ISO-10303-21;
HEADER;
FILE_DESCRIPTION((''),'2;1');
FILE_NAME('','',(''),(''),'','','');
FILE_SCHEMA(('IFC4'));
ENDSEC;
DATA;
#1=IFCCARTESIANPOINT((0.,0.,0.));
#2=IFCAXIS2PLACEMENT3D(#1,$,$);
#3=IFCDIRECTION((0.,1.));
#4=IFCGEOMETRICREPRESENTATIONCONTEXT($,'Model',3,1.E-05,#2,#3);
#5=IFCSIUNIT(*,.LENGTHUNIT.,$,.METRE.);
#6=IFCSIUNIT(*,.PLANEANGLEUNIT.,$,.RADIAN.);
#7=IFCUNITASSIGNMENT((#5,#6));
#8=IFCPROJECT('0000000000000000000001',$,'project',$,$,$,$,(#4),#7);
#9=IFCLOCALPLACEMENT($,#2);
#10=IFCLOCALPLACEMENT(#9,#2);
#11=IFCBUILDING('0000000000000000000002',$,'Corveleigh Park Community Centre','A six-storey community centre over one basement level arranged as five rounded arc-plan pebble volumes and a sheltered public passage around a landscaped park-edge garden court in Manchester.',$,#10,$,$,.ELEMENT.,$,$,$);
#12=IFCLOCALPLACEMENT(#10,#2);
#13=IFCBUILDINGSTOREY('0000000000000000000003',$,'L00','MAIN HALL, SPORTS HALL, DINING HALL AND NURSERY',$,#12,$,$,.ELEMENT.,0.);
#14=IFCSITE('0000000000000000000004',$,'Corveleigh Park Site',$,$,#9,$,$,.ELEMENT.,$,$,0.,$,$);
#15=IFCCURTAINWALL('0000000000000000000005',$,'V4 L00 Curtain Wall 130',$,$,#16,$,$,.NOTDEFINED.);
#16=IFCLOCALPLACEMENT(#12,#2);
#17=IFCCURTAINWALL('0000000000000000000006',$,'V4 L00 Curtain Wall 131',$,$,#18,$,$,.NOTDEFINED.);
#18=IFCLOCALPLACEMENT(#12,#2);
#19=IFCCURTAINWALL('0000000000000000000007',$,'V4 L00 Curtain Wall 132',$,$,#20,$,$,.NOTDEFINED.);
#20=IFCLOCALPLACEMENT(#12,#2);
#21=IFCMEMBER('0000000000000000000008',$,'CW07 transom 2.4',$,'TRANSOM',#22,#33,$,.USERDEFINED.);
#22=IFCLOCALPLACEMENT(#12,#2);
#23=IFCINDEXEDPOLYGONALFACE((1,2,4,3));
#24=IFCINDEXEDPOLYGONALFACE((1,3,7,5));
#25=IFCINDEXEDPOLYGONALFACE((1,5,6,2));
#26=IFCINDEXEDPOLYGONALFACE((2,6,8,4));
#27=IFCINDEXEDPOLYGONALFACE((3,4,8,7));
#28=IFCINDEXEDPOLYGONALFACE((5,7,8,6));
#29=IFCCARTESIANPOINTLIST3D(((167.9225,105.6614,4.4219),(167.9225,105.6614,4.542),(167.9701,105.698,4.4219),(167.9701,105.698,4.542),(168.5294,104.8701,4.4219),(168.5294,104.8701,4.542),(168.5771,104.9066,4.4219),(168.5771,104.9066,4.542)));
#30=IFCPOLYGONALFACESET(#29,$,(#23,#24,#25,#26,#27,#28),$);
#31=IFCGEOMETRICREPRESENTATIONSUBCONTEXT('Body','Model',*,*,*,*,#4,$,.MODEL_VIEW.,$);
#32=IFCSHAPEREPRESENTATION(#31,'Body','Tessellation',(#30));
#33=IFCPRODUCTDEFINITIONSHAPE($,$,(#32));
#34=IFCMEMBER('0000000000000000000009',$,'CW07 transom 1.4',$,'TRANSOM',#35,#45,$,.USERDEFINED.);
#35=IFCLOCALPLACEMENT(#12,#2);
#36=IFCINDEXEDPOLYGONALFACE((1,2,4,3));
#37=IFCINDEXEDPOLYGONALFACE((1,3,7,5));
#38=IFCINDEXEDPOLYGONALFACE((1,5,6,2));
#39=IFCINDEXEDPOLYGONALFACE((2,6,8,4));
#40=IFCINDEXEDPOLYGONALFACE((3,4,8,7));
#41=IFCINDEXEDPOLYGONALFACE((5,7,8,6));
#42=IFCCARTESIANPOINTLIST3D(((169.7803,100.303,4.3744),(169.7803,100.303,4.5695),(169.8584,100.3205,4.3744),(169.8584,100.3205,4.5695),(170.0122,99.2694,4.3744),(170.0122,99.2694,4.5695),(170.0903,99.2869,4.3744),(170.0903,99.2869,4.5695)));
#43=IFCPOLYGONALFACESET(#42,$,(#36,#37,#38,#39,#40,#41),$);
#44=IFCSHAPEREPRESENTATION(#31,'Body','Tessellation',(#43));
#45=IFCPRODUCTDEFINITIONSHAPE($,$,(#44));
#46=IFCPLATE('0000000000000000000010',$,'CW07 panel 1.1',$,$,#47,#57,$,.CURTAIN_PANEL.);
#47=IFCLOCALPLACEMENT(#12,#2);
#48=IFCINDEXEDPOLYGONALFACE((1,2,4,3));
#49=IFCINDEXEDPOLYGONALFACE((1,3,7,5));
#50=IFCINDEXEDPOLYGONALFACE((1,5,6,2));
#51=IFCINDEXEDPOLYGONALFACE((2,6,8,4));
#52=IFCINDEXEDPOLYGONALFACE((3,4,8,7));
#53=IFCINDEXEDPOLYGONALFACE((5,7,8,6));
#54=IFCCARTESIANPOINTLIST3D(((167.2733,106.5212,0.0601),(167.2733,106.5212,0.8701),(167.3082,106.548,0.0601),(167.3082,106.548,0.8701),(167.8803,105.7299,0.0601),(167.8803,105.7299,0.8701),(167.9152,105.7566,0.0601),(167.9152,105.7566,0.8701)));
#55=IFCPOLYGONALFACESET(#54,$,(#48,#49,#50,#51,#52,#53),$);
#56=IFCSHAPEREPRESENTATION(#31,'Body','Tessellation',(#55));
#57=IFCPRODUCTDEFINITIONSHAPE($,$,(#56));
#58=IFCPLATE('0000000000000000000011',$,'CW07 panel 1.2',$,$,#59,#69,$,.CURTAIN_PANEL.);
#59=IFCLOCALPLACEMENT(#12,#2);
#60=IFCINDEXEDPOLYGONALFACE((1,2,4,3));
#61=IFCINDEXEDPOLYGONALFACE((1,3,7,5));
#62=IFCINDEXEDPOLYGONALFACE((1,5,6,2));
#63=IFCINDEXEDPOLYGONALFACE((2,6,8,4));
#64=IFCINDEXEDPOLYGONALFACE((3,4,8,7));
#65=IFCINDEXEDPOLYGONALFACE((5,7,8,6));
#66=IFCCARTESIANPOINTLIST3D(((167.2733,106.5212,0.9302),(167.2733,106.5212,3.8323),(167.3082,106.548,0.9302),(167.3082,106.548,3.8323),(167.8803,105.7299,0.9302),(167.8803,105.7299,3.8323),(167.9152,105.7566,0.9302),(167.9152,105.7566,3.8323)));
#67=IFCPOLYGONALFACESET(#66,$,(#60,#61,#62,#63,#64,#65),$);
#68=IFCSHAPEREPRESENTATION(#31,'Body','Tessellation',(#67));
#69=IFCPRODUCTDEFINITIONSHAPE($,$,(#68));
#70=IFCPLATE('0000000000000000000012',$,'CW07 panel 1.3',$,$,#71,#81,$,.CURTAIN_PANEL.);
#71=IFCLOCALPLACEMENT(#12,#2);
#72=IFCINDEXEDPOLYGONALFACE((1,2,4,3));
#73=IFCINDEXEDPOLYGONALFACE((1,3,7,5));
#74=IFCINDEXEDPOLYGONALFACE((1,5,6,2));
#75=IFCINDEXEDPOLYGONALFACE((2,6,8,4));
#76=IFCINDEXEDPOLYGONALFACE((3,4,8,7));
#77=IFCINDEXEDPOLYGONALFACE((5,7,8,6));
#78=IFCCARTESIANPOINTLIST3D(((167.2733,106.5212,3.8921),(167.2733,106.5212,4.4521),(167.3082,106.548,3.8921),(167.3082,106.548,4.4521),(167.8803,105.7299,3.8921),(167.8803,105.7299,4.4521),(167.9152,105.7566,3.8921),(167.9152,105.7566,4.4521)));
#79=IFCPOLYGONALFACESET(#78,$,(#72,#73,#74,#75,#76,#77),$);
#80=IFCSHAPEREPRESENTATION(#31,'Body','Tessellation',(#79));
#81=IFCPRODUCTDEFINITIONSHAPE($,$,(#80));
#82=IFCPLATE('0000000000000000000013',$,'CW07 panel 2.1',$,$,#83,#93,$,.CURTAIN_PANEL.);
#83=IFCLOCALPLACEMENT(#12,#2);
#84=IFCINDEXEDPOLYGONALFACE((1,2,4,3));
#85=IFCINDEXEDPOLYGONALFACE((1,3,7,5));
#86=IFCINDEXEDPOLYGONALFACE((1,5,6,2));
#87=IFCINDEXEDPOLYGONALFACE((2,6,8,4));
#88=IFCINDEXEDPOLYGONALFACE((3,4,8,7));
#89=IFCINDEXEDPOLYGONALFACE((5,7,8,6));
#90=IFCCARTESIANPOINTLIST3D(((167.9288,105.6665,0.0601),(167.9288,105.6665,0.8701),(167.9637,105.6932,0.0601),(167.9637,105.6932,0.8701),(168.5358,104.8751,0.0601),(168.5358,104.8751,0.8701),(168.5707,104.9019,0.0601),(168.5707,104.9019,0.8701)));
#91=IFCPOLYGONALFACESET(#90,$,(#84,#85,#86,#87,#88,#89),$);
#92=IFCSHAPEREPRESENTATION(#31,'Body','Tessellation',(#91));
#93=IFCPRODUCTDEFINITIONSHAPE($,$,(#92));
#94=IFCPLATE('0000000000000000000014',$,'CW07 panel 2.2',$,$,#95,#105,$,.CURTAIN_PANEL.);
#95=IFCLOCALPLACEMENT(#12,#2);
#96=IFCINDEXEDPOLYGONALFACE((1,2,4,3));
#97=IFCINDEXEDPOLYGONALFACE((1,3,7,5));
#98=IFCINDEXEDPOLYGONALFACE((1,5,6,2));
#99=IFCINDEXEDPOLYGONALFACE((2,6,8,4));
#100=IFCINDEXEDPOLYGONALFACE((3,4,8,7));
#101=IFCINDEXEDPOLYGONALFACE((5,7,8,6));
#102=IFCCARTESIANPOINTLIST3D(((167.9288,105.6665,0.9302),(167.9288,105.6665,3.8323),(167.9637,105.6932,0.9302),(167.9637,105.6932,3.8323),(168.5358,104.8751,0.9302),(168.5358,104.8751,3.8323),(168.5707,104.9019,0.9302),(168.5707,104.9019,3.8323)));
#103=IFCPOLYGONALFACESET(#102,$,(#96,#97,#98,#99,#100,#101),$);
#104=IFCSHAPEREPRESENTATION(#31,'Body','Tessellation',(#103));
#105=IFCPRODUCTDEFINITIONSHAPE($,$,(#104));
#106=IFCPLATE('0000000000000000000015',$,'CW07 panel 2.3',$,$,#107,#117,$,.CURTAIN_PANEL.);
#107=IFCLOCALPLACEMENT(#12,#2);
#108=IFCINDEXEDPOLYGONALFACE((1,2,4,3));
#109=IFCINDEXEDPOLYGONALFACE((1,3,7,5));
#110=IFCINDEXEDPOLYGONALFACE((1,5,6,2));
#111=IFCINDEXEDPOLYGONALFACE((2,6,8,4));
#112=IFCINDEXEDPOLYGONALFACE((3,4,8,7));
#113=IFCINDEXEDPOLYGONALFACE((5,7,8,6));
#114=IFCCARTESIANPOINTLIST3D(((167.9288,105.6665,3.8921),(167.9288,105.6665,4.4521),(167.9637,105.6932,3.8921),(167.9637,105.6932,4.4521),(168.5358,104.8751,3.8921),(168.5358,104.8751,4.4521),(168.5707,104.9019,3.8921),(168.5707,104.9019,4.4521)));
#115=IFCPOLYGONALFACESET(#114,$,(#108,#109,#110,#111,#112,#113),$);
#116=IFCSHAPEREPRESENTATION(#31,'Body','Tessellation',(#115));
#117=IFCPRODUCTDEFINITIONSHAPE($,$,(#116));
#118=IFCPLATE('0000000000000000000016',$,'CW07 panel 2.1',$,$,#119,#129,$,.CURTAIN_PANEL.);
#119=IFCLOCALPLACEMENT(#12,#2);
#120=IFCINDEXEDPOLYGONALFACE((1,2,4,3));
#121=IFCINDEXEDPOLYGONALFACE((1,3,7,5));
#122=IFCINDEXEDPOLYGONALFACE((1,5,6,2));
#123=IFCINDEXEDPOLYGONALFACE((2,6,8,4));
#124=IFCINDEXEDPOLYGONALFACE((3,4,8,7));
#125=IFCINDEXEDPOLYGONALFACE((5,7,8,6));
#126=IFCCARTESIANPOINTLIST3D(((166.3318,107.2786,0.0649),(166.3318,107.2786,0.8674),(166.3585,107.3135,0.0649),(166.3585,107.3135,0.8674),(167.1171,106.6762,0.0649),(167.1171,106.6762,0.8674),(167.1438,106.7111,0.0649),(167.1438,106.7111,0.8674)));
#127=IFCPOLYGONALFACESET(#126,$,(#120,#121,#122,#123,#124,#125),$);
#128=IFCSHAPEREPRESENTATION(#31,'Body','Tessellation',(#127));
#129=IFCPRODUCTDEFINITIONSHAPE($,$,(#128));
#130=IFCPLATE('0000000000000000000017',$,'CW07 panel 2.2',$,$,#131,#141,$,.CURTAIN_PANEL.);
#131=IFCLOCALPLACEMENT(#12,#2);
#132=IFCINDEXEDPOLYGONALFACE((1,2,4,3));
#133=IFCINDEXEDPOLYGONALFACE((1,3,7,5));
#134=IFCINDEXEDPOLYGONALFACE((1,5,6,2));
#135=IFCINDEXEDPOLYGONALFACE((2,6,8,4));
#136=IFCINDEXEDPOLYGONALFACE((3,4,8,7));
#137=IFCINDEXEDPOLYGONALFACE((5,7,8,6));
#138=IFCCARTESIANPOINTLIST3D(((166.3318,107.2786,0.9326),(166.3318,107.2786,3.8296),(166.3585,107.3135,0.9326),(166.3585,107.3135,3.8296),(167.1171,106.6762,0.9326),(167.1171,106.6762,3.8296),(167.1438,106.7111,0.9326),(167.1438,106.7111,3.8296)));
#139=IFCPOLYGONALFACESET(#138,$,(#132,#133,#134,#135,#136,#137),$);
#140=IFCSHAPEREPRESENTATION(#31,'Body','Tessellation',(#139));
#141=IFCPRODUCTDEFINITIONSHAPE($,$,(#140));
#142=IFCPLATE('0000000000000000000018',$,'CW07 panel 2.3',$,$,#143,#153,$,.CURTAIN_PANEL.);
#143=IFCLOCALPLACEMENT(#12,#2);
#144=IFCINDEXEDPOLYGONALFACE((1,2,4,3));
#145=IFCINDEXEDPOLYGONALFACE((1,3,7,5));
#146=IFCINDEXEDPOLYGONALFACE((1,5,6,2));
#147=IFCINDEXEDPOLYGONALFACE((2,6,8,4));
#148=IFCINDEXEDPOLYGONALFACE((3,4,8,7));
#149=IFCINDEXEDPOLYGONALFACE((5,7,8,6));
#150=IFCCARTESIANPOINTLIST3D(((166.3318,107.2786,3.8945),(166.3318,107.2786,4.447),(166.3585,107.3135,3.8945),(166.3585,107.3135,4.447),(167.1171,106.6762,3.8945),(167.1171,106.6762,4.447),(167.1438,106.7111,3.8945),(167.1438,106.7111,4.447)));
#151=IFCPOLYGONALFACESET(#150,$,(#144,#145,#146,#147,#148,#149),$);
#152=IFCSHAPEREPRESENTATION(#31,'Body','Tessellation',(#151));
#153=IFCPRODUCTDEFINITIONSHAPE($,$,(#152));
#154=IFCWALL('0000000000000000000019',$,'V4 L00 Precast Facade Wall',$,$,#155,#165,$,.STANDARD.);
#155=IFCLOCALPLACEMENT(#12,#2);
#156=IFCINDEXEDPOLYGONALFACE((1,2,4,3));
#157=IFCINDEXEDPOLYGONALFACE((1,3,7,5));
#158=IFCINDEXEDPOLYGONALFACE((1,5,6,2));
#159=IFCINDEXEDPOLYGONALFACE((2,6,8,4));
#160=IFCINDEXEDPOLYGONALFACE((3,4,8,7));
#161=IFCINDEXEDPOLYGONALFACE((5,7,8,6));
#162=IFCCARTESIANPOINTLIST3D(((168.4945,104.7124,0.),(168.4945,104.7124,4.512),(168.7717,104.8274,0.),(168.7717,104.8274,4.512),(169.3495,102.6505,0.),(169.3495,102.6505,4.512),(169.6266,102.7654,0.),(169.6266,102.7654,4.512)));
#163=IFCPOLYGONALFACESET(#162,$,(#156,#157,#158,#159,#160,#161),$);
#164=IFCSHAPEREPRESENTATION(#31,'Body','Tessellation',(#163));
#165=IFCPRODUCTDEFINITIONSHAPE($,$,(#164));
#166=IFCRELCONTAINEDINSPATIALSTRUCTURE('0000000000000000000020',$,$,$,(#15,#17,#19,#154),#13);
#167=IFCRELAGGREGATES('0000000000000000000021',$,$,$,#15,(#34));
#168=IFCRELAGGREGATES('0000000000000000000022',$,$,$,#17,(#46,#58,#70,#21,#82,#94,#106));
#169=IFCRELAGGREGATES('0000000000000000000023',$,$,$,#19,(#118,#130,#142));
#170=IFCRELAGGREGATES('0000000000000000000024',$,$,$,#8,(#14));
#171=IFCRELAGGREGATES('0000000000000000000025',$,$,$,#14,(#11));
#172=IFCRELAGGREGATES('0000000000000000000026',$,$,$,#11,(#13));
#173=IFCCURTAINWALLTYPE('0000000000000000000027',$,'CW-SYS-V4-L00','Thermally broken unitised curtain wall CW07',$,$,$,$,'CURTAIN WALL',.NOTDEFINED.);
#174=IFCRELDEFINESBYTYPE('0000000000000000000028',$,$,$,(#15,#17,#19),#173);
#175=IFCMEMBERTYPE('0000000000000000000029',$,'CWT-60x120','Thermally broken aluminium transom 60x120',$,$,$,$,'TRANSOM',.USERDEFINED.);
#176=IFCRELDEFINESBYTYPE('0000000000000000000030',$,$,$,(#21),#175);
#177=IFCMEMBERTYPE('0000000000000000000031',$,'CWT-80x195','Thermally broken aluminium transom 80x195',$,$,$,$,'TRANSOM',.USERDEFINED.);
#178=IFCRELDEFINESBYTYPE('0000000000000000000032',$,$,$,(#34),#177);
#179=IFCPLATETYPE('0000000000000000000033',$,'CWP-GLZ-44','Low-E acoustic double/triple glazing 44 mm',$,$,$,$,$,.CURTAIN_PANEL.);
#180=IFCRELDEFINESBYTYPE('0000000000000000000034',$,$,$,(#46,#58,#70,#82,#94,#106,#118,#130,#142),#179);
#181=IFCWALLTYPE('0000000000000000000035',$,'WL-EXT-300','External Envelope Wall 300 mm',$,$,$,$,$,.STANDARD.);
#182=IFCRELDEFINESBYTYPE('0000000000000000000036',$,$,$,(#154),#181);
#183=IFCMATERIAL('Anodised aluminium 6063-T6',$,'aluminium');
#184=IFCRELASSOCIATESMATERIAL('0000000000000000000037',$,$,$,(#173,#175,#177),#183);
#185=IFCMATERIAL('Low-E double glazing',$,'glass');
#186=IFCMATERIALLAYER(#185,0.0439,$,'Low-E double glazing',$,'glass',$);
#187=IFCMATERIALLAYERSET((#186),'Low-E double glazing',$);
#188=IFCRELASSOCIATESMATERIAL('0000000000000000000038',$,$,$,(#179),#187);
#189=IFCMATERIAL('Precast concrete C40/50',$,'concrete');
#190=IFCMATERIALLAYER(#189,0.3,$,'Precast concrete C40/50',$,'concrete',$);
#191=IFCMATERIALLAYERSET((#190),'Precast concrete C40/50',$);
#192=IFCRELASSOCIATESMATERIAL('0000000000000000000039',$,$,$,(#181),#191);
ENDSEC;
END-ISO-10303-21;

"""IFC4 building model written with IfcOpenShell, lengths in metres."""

from ifc_helpers import new_model, si_unit, direction, frame, frame_2d, origin, origin_2d, place, context, subcontext, project, spatial, rectangle, extrude, material, layer, layer_set, material_profile, profile_set, type_object, element, aggregate, save


model = new_model("IFC4")

# Units and contexts
model_context = context("Model", 3, precision=1e-05, world=origin(), true_north=direction((0.0, 1.0)))
body_context = subcontext(model_context, "Body", "Model", "MODEL_VIEW")
ifc_project = project(units=[si_unit("LENGTHUNIT", "METRE"), si_unit("PLANEANGLEUNIT", "RADIAN")], contexts=[model_context])

# Site, building, storey
site_placement = place(None, origin())
site = spatial("IfcSite", under=ifc_project, at=site_placement, Name="Corveleigh Park Site", CompositionType="ELEMENT", RefElevation=0.0)
building_placement = place(site_placement, origin())
building = spatial("IfcBuilding", under=site, at=building_placement, Name="Corveleigh Park Community Centre", Description="A six-storey community centre over one basement level arranged as five rounded arc-plan pebble volumes and a sheltered public passage around a landscaped park-edge garden court in Manchester.", CompositionType="ELEMENT")
storey_placement = place(building_placement, origin())
storey = spatial("IfcBuildingStorey", under=building, at=storey_placement, Name="L00", Description="MAIN HALL, SPORTS HALL, DINING HALL AND NURSERY", CompositionType="ELEMENT", Elevation=0.0)

# Curtain wall
ifc_material_1 = material(Name="Anodised aluminium 6063-T6", Category="aluminium")
curtain_wall_type = type_object("IfcCurtainWallType", Name="CW-SYS-V4-L00", Description="Thermally broken unitised curtain wall CW07", ElementType="CURTAIN WALL", PredefinedType="NOTDEFINED", material=ifc_material_1)
curtain_wall_1_placement = place(storey_placement, origin())
curtain_wall_1 = element("IfcCurtainWall", 1, at=curtain_wall_1_placement, inside=storey, type_object=curtain_wall_type, Name="V4 L00 Curtain Wall 130", PredefinedType="NOTDEFINED")

# Curtain wall
curtain_wall_2_placement = place(storey_placement, origin())
curtain_wall_2 = element("IfcCurtainWall", 2, at=curtain_wall_2_placement, inside=storey, type_object=curtain_wall_type, Name="V4 L00 Curtain Wall 131", PredefinedType="NOTDEFINED")

# Curtain wall
curtain_wall_3_placement = place(storey_placement, origin())
curtain_wall_3 = element("IfcCurtainWall", 3, at=curtain_wall_3_placement, inside=storey, type_object=curtain_wall_type, Name="V4 L00 Curtain Wall 132", PredefinedType="NOTDEFINED")

# Members
ifc_material_profile_1 = material_profile(ifc_material_1, rectangle(XDim=0.0601, YDim=0.1201, at=origin_2d()), Name="ALU-T60x120", Category="aluminium")
ifc_profile_set_1 = profile_set([ifc_material_profile_1], Name="Anodised aluminium 6063-T6")
member_type_1 = type_object("IfcMemberType", Name="CWT-60x120", Description="Thermally broken aluminium transom 60x120", ElementType="TRANSOM", PredefinedType="USERDEFINED", material=ifc_profile_set_1)
member_1_placement = place(storey_placement, frame((167.9463, 105.6797, 4.4819), z_axis=(0.608622, -0.793461, 0.0), x_axis=(0.793461, 0.608622, 0.0)))
member_1 = element("IfcMember", 4, at=member_1_placement, type_object=member_type_1, Name="CW07 transom 2.4", ObjectType="TRANSOM", PredefinedType="USERDEFINED", context=body_context, shape_type="SweptSolid", body=[
    extrude(rectangle(XDim=0.0601, YDim=0.1201, at=origin_2d()), origin(), (0.0, 0.0, 1.0), 0.9973),
])
ifc_material_profile_2 = material_profile(ifc_material_1, rectangle(XDim=0.0801, YDim=0.1951, at=origin_2d()), Name="ALU-T80x195", Category="aluminium")
ifc_profile_set_2 = profile_set([ifc_material_profile_2], Name="Anodised aluminium 6063-T6")
member_type_2 = type_object("IfcMemberType", Name="CWT-80x195", Description="Thermally broken aluminium transom 80x195", ElementType="TRANSOM", PredefinedType="USERDEFINED", material=ifc_profile_set_2)
member_2_placement = place(storey_placement, frame((169.8193, 100.3118, 4.4719), z_axis=(0.218931, -0.97574, 0.0), x_axis=(0.97574, 0.218931, 0.0)))
member_2 = element("IfcMember", 5, at=member_2_placement, type_object=member_type_2, Name="CW07 transom 1.4", ObjectType="TRANSOM", PredefinedType="USERDEFINED", context=body_context, shape_type="SweptSolid", body=[
    extrude(rectangle(XDim=0.0801, YDim=0.1951, at=origin_2d()), origin(), (0.0, 0.0, 1.0), 1.0593),
])
aggregate(curtain_wall_1, [member_2])

# Plates
ifc_material_2 = material(Name="Low-E double glazing", Category="glass")
ifc_layer_1 = layer(ifc_material_2, 0.0439, Name="Low-E double glazing", Category="glass")
ifc_layer_set_1 = layer_set([ifc_layer_1], Name="Low-E double glazing")
plate_type = type_object("IfcPlateType", Name="CWP-GLZ-44", Description="Low-E acoustic double/triple glazing 44 mm", PredefinedType="CURTAIN_PANEL", material=ifc_layer_set_1)
plate_1_placement = place(storey_placement, frame((167.5942, 106.1389, 0.0601), z_axis=(0.0, 0.0, 1.0), x_axis=(0.608629, -0.793455, 0.0)))
plate_1 = element("IfcPlate", 6, at=plate_1_placement, type_object=plate_type, Name="CW07 panel 1.1", PredefinedType="CURTAIN_PANEL", context=body_context, shape_type="SweptSolid", body=[
    extrude(rectangle(XDim=0.9973, YDim=0.0439, at=origin_2d()), origin(), (0.0, 0.0, 1.0), 0.8101),
])
plate_2_placement = place(storey_placement, frame((167.5942, 106.1389, 0.9302), z_axis=(0.0, 0.0, 1.0), x_axis=(0.608629, -0.793455, 0.0)))
plate_2 = element("IfcPlate", 7, at=plate_2_placement, type_object=plate_type, Name="CW07 panel 1.2", PredefinedType="CURTAIN_PANEL", context=body_context, shape_type="SweptSolid", body=[
    extrude(rectangle(XDim=0.9973, YDim=0.0439, at=origin_2d()), origin(), (0.0, 0.0, 1.0), 2.9021),
])
plate_3_placement = place(storey_placement, frame((167.5942, 106.1389, 3.8921), z_axis=(0.0, 0.0, 1.0), x_axis=(0.608629, -0.793455, 0.0)))
plate_3 = element("IfcPlate", 8, at=plate_3_placement, type_object=plate_type, Name="CW07 panel 1.3", PredefinedType="CURTAIN_PANEL", context=body_context, shape_type="SweptSolid", body=[
    extrude(rectangle(XDim=0.9973, YDim=0.0439, at=origin_2d()), origin(), (0.0, 0.0, 1.0), 0.5601),
])
plate_4_placement = place(storey_placement, frame((168.2498, 105.2842, 0.0601), z_axis=(0.0, 0.0, 1.0), x_axis=(0.608629, -0.793455, 0.0)))
plate_4 = element("IfcPlate", 9, at=plate_4_placement, type_object=plate_type, Name="CW07 panel 2.1", PredefinedType="CURTAIN_PANEL", context=body_context, shape_type="SweptSolid", body=[
    extrude(rectangle(XDim=0.9973, YDim=0.0439, at=origin_2d()), origin(), (0.0, 0.0, 1.0), 0.8101),
])
plate_5_placement = place(storey_placement, frame((168.2498, 105.2842, 0.9302), z_axis=(0.0, 0.0, 1.0), x_axis=(0.608629, -0.793455, 0.0)))
plate_5 = element("IfcPlate", 10, at=plate_5_placement, type_object=plate_type, Name="CW07 panel 2.2", PredefinedType="CURTAIN_PANEL", context=body_context, shape_type="SweptSolid", body=[
    extrude(rectangle(XDim=0.9973, YDim=0.0439, at=origin_2d()), origin(), (0.0, 0.0, 1.0), 2.9021),
])
plate_6_placement = place(storey_placement, frame((168.2498, 105.2842, 3.8921), z_axis=(0.0, 0.0, 1.0), x_axis=(0.608629, -0.793455, 0.0)))
plate_6 = element("IfcPlate", 11, at=plate_6_placement, type_object=plate_type, Name="CW07 panel 2.3", PredefinedType="CURTAIN_PANEL", context=body_context, shape_type="SweptSolid", body=[
    extrude(rectangle(XDim=0.9973, YDim=0.0439, at=origin_2d()), origin(), (0.0, 0.0, 1.0), 0.5601),
])
aggregate(curtain_wall_2, [plate_1, plate_2, plate_3, member_1, plate_4, plate_5, plate_6])
plate_7_placement = place(storey_placement, frame((166.7378, 106.9949, 0.0649), z_axis=(0.0, 0.0, 1.0), x_axis=(0.793455, -0.608629, 0.0)))
plate_7 = element("IfcPlate", 12, at=plate_7_placement, type_object=plate_type, Name="CW07 panel 2.1", PredefinedType="CURTAIN_PANEL", context=body_context, shape_type="SweptSolid", body=[
    extrude(rectangle(XDim=0.9897, YDim=0.0439, at=origin_2d()), origin(), (0.0, 0.0, 1.0), 0.8025),
])
plate_8_placement = place(storey_placement, frame((166.7378, 106.9949, 0.9326), z_axis=(0.0, 0.0, 1.0), x_axis=(0.793455, -0.608629, 0.0)))
plate_8 = element("IfcPlate", 13, at=plate_8_placement, type_object=plate_type, Name="CW07 panel 2.2", PredefinedType="CURTAIN_PANEL", context=body_context, shape_type="SweptSolid", body=[
    extrude(rectangle(XDim=0.9897, YDim=0.0439, at=origin_2d()), origin(), (0.0, 0.0, 1.0), 2.897),
])
plate_9_placement = place(storey_placement, frame((166.7378, 106.9949, 3.8945), z_axis=(0.0, 0.0, 1.0), x_axis=(0.793455, -0.608629, 0.0)))
plate_9 = element("IfcPlate", 14, at=plate_9_placement, type_object=plate_type, Name="CW07 panel 2.3", PredefinedType="CURTAIN_PANEL", context=body_context, shape_type="SweptSolid", body=[
    extrude(rectangle(XDim=0.9897, YDim=0.0439, at=origin_2d()), origin(), (0.0, 0.0, 1.0), 0.5525),
])
aggregate(curtain_wall_3, [plate_7, plate_8, plate_9])

# Wall
ifc_material_3 = material(Name="Precast concrete C40/50", Category="concrete")
ifc_layer_2 = layer(ifc_material_3, 0.3, Name="Precast concrete C40/50", Category="concrete")
ifc_layer_set_2 = layer_set([ifc_layer_2], Name="Precast concrete C40/50")
wall_type_1 = type_object("IfcWallType", Name="WL-EXT-300", Description="External Envelope Wall 300 mm", PredefinedType="STANDARD", material=ifc_layer_set_2)
wall_1_placement = place(storey_placement, frame((168.6331, 104.77, 0.0), z_axis=(0.0, 0.0, 1.0), x_axis=(0.383015, -0.923742, 0.0)))
element("IfcWall", 15, at=wall_1_placement, inside=storey, type_object=wall_type_1, Name="V4 L00 Precast Facade Wall", PredefinedType="STANDARD", context=body_context, shape_type="SweptSolid", body=[
    extrude(rectangle(XDim=2.2322, YDim=0.3, at=frame_2d((1.1162, 0.0))), origin(), (0.0, 0.0, 1.0), 4.512),
])

save(model, "model.ifc")
